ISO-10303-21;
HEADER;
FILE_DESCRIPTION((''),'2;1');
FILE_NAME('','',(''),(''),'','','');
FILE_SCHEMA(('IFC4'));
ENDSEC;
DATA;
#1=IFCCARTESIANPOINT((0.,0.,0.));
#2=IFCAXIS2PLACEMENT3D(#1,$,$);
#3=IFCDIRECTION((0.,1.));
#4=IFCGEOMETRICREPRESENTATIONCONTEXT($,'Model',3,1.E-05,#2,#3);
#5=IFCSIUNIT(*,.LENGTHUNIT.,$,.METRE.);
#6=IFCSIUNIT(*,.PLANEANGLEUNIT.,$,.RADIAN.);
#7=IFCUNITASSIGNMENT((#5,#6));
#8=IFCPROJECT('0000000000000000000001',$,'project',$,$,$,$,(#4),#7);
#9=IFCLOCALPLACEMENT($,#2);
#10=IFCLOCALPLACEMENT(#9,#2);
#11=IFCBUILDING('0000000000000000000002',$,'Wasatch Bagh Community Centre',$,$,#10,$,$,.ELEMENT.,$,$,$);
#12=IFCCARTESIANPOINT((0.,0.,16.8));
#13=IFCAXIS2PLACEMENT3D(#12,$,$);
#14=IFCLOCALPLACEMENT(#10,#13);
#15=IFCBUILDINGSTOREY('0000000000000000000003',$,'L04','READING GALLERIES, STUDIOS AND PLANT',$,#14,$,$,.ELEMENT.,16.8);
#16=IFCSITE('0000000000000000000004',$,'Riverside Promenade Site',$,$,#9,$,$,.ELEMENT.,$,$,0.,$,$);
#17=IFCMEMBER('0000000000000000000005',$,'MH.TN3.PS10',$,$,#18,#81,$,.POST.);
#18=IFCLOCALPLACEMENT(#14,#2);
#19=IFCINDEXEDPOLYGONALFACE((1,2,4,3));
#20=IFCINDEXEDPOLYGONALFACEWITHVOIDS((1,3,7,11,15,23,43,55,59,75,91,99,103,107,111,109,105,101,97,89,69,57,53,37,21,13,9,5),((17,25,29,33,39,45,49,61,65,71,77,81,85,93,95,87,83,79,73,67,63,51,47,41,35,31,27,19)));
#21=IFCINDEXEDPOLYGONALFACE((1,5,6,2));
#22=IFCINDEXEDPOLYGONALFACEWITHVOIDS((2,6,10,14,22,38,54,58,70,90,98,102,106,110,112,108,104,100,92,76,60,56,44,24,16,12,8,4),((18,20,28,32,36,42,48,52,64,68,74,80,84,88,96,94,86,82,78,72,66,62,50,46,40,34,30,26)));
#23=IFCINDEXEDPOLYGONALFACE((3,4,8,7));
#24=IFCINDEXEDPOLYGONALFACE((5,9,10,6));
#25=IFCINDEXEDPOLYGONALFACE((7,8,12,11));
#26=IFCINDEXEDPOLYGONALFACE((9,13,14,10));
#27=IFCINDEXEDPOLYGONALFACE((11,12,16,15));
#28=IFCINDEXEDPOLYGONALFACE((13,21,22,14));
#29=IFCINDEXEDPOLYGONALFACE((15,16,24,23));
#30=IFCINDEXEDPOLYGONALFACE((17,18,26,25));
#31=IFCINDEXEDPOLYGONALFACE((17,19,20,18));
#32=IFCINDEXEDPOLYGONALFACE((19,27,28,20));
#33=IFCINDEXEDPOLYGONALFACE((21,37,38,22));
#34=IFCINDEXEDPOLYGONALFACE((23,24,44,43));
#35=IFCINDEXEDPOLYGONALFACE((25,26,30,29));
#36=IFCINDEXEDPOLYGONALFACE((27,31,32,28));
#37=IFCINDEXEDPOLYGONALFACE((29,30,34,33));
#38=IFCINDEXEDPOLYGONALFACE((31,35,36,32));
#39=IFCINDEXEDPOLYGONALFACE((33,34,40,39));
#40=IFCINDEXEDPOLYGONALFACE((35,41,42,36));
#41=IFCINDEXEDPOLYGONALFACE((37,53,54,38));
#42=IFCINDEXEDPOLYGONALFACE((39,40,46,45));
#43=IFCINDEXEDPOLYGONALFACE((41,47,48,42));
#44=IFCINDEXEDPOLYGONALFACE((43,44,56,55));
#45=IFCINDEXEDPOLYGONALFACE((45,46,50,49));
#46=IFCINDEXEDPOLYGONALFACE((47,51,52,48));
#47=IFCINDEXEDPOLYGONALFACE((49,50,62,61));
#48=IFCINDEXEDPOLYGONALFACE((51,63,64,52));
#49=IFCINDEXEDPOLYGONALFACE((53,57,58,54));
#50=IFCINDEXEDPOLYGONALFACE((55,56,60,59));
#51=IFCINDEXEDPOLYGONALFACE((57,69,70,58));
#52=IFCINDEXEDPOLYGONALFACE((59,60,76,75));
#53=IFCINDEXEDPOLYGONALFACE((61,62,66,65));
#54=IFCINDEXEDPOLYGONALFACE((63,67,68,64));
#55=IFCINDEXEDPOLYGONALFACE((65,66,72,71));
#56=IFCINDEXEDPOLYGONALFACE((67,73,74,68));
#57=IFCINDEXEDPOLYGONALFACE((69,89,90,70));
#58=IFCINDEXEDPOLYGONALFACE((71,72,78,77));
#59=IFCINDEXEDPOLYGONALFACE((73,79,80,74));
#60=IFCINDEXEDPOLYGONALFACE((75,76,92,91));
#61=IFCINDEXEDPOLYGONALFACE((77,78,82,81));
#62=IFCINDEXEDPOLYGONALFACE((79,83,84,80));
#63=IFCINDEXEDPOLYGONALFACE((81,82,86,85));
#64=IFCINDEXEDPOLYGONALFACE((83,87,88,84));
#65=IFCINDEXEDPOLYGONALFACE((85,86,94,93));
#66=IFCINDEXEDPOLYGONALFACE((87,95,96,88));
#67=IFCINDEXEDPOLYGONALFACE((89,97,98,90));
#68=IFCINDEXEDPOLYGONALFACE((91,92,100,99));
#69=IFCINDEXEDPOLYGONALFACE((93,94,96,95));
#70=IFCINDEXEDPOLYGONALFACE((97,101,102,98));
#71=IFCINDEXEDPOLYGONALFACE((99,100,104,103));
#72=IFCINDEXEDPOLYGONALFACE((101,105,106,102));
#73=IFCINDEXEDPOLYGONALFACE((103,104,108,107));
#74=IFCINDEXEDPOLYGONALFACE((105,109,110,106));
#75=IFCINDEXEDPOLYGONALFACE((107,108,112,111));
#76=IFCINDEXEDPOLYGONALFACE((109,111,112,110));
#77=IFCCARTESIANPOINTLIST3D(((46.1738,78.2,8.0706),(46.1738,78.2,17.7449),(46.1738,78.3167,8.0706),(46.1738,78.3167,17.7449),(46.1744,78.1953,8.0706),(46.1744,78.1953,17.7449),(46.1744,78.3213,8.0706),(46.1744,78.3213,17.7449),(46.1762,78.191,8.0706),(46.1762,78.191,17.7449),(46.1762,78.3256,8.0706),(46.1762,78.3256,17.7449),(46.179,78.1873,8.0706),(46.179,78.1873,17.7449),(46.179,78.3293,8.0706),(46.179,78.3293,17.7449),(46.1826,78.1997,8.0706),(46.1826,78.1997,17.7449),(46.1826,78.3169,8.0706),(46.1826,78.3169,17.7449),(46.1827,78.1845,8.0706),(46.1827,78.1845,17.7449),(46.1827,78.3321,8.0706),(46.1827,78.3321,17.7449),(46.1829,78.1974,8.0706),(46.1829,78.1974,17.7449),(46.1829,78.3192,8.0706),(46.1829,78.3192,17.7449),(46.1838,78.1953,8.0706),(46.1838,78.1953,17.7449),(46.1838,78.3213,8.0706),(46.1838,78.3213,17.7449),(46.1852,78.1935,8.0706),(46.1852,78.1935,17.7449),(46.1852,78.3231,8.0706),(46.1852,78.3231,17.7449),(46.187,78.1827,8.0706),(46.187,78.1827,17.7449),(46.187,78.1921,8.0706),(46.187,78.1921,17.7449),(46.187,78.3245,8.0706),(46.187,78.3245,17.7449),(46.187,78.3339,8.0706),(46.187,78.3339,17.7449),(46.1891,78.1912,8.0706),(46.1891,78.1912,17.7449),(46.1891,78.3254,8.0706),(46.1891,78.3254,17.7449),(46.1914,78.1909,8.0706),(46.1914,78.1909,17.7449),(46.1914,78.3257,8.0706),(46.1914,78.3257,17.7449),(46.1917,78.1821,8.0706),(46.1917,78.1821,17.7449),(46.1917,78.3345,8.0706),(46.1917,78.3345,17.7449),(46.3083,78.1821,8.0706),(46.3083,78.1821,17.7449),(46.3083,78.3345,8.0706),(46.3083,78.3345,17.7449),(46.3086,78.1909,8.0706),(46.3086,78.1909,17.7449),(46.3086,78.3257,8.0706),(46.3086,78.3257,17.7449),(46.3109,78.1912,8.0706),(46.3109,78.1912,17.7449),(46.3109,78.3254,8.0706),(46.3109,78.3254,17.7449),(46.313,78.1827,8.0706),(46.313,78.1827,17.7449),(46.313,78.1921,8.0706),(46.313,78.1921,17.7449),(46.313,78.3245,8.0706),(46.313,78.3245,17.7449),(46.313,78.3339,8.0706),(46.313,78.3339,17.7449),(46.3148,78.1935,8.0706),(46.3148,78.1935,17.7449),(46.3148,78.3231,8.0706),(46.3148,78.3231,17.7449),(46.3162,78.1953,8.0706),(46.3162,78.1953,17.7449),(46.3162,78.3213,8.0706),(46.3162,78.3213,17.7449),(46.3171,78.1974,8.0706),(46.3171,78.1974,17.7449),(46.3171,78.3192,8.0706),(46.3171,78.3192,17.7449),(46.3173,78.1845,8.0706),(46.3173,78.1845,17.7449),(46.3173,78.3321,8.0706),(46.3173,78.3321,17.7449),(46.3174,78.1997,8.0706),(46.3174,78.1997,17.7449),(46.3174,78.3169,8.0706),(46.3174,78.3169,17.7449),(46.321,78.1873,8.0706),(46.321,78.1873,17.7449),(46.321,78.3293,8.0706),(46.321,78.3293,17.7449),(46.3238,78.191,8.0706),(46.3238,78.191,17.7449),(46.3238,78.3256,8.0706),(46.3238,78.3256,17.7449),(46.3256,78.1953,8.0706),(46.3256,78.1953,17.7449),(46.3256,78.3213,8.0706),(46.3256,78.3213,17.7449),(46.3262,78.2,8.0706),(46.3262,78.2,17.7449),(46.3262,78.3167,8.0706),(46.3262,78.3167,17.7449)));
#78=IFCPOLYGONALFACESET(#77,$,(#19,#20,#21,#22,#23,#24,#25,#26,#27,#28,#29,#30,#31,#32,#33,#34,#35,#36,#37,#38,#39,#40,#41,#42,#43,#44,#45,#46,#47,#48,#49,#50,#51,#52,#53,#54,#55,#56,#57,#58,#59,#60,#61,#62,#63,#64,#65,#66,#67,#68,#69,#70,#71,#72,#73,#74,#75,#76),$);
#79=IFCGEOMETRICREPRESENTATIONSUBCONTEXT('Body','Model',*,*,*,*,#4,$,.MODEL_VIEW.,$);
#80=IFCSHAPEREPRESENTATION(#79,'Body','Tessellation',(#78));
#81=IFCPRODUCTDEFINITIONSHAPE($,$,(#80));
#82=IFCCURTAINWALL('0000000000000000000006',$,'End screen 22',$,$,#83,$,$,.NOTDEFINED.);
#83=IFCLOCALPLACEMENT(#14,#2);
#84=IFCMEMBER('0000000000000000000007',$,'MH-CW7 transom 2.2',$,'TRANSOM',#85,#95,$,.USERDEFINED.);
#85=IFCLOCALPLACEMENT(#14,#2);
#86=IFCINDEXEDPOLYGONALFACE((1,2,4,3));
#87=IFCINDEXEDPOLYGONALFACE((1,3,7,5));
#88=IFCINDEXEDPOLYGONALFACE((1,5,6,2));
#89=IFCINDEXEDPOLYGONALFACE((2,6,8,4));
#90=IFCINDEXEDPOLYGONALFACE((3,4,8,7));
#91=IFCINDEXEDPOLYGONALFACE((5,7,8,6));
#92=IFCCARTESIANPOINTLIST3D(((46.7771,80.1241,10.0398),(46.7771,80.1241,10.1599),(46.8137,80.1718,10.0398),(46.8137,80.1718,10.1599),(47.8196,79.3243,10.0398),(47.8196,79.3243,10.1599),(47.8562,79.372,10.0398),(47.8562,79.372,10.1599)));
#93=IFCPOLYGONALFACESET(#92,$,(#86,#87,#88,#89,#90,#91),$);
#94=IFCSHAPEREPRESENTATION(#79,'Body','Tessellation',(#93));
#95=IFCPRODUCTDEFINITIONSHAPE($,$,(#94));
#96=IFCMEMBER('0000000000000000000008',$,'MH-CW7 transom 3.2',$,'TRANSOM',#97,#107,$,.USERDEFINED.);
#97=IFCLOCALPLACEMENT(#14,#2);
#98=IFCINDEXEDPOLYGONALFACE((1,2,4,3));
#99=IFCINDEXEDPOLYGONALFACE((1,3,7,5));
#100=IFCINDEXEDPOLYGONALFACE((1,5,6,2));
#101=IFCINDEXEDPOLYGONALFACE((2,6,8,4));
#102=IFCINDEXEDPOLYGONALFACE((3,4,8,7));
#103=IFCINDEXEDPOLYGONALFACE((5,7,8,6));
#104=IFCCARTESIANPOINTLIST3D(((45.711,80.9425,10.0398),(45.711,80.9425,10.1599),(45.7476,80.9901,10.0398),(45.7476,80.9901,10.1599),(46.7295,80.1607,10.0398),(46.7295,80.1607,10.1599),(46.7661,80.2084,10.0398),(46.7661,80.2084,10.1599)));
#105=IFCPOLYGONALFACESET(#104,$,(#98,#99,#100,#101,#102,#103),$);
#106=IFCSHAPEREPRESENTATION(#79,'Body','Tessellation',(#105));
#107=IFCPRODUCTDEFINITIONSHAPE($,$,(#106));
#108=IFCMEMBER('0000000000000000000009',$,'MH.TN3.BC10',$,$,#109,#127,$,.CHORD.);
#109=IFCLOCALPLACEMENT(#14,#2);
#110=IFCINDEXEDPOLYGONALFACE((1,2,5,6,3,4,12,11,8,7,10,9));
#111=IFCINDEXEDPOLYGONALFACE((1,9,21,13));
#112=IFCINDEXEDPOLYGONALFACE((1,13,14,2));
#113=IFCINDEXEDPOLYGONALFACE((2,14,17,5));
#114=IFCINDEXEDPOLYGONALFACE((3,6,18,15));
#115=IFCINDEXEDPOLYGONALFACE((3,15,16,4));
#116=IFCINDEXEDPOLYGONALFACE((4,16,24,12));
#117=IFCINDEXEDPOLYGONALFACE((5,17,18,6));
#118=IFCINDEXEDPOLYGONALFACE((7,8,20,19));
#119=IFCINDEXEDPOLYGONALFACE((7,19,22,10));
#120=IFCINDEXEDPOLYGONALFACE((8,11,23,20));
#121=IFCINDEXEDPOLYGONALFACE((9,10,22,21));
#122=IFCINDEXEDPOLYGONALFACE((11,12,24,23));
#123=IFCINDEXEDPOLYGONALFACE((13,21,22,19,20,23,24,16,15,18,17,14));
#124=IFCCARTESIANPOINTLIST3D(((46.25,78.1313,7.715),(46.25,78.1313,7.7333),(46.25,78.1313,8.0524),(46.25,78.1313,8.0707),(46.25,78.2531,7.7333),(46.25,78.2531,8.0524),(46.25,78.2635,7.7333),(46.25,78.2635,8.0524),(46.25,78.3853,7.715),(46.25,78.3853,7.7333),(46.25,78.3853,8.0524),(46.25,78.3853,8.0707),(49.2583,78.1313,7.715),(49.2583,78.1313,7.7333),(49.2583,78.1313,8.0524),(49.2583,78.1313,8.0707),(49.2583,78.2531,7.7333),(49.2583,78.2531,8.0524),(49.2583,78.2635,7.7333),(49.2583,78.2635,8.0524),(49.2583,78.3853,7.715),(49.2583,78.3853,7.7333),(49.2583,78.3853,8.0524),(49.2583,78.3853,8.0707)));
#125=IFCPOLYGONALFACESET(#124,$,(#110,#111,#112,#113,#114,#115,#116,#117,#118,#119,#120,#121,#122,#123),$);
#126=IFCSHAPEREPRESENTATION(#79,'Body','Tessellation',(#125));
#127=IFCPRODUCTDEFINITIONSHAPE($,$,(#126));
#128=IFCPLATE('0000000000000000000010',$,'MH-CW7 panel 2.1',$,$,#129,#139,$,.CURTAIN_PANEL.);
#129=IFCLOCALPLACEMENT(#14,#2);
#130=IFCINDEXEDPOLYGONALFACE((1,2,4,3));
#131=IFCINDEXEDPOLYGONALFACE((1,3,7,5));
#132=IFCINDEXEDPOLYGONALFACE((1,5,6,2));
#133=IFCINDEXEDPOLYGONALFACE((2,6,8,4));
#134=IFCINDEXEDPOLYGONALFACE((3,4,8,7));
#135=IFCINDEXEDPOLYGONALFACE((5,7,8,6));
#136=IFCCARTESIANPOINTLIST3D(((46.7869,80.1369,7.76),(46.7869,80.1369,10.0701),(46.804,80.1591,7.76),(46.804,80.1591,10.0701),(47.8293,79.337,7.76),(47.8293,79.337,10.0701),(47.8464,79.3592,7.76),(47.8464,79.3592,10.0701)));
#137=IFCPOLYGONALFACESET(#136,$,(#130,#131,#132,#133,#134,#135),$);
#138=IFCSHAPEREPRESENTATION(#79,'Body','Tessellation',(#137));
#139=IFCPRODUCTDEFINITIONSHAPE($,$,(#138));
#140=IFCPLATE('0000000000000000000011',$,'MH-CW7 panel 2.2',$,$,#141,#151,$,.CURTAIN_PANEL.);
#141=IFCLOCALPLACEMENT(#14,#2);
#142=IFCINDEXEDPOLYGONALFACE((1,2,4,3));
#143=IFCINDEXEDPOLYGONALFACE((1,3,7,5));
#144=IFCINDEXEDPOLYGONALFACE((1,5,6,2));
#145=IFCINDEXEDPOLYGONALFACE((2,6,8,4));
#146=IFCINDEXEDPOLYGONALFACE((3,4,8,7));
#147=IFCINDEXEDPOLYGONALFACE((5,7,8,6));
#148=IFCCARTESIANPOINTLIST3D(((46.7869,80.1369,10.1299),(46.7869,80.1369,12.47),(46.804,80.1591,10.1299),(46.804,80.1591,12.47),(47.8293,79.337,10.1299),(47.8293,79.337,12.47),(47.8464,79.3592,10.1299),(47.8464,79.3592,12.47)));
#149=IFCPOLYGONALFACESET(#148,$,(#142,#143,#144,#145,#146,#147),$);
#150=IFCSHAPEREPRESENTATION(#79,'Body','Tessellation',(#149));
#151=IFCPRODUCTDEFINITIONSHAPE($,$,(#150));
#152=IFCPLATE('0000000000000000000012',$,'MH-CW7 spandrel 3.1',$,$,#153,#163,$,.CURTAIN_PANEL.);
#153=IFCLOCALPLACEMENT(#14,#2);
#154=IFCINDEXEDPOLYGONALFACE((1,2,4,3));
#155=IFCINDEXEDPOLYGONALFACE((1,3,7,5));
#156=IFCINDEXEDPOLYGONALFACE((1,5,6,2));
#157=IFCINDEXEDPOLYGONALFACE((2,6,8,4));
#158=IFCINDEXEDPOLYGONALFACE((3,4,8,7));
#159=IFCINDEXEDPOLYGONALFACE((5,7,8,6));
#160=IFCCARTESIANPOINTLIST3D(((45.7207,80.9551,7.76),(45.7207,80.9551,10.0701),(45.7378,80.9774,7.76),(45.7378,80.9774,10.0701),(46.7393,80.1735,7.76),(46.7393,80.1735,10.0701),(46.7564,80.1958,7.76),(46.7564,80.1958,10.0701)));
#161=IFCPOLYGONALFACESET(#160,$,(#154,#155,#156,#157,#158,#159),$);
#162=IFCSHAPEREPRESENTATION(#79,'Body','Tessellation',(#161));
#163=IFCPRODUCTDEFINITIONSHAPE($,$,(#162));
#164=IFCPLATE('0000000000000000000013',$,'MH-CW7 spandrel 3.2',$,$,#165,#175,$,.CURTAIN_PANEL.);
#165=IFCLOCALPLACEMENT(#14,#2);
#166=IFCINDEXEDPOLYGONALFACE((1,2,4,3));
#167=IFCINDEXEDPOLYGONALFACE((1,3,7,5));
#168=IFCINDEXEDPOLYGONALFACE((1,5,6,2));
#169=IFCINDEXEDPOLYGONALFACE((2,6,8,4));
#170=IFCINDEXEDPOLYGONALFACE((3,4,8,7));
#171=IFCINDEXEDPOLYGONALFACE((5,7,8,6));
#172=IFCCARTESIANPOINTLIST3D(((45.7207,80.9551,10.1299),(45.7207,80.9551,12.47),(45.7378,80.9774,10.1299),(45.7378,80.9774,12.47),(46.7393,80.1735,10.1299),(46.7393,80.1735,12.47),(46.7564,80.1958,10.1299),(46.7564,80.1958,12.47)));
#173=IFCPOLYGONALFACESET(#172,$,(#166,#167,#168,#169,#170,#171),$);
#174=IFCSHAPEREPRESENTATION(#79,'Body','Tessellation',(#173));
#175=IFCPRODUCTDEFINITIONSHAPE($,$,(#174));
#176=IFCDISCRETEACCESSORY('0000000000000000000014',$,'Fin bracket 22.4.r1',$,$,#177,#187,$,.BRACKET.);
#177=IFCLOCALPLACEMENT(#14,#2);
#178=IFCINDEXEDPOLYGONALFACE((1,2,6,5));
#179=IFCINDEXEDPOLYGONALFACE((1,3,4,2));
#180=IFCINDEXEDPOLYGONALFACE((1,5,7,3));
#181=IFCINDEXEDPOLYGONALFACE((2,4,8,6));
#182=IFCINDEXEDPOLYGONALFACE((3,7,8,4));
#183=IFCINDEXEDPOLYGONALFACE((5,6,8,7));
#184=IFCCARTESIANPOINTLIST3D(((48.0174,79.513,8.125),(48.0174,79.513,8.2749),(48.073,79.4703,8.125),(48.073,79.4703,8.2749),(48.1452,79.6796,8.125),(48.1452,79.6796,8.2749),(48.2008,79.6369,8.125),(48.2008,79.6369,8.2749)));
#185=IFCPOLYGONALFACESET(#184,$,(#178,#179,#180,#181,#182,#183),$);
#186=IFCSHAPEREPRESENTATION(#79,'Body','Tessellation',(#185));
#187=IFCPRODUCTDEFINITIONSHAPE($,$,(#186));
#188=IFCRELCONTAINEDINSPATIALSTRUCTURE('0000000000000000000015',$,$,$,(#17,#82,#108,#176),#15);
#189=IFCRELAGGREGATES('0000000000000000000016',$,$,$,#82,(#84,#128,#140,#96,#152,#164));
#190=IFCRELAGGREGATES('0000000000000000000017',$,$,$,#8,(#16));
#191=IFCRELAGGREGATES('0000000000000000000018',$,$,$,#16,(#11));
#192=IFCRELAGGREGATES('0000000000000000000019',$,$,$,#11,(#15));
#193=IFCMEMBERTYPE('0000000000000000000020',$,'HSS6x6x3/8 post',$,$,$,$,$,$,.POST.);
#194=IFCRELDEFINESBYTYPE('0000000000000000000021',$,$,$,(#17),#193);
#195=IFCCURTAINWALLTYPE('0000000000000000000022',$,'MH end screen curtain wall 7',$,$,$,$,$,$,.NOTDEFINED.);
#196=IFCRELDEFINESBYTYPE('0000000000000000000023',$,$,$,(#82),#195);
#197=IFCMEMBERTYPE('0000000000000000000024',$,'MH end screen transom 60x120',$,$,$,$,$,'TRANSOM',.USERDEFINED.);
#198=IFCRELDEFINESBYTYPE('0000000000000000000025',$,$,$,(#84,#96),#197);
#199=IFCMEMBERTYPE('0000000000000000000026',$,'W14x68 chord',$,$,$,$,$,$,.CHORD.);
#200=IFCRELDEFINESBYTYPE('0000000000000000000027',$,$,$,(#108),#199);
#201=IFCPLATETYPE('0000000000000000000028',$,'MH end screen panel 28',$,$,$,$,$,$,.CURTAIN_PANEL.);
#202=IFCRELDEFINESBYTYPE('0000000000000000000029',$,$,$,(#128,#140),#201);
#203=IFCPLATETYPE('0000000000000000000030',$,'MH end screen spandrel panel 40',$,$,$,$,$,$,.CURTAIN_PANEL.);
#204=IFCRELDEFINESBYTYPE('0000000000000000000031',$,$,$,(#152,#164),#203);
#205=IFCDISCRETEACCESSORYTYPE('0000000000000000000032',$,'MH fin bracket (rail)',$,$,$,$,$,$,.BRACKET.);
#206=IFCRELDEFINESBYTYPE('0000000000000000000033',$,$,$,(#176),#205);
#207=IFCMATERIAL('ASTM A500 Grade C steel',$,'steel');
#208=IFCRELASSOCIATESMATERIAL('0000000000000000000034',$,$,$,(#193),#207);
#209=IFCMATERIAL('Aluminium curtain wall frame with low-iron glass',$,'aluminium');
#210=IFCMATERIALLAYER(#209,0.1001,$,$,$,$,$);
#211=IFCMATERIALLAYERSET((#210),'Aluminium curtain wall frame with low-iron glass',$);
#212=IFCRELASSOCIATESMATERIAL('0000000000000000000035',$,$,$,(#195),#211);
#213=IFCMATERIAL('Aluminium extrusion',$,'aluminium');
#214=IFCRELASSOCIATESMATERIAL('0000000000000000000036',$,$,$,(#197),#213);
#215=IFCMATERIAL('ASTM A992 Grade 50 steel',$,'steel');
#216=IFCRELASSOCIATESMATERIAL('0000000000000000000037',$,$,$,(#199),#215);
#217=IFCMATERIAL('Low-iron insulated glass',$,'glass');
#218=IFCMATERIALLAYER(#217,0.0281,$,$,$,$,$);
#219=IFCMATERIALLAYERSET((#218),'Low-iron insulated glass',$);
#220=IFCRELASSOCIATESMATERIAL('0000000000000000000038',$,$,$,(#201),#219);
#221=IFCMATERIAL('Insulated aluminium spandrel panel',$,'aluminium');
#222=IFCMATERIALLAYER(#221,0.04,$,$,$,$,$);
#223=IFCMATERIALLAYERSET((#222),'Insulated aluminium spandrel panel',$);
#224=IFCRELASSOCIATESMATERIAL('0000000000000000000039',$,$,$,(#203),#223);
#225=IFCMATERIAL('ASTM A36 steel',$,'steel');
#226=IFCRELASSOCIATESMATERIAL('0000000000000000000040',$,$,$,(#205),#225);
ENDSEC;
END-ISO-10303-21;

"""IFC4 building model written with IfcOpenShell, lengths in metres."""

from ifc_helpers import new_model, si_unit, direction, frame, origin, origin_2d, place, context, subcontext, project, spatial, rectangle, hollow_rectangle, i_section, extrude, material, layer, layer_set, material_profile, profile_set, type_object, element, aggregate, save


model = new_model("IFC4")

# Units and contexts
model_context = context("Model", 3, precision=1e-05, world=origin(), true_north=direction((0.0, 1.0)))
body_context = subcontext(model_context, "Body", "Model", "MODEL_VIEW")
ifc_project = project(units=[si_unit("LENGTHUNIT", "METRE"), si_unit("PLANEANGLEUNIT", "RADIAN")], contexts=[model_context])

# Site, building, storey
site_placement = place(None, origin())
site = spatial("IfcSite", under=ifc_project, at=site_placement, Name="Riverside Promenade Site", CompositionType="ELEMENT", RefElevation=0.0)
building_placement = place(site_placement, origin())
building = spatial("IfcBuilding", under=site, at=building_placement, Name="Wasatch Bagh Community Centre", CompositionType="ELEMENT")
storey_placement = place(building_placement, frame((0.0, 0.0, 16.8)))
storey = spatial("IfcBuildingStorey", under=building, at=storey_placement, Name="L04", Description="READING GALLERIES, STUDIOS AND PLANT", CompositionType="ELEMENT", Elevation=16.8)

# Member
ifc_material_1 = material(Name="ASTM A500 Grade C steel", Category="steel")
ifc_material_profile_1 = material_profile(ifc_material_1, hollow_rectangle(XDim=0.1523, YDim=0.1523, WallThickness=0.0088, InnerFilletRadius=0.0088, OuterFilletRadius=0.0178, at=origin_2d()), Name="HSS6x6x3/8")
ifc_profile_set_1 = profile_set([ifc_material_profile_1], Name="ASTM A500 Grade C steel")
member_type_1 = type_object("IfcMemberType", Name="HSS6x6x3/8 post", PredefinedType="POST", material=ifc_profile_set_1)
member_1_placement = place(storey_placement, frame((46.25, 78.2583, 8.0706), z_axis=(0.0, 0.0, 1.0), x_axis=(1.0, 0.0, 0.0)))
element("IfcMember", 1, at=member_1_placement, inside=storey, type_object=member_type_1, Name="MH.TN3.PS10", PredefinedType="POST", context=body_context, shape_type="SweptSolid", body=[
    extrude(hollow_rectangle(XDim=0.1523, YDim=0.1523, WallThickness=0.0088, InnerFilletRadius=0.0088, OuterFilletRadius=0.0178, at=origin_2d()), origin(), (0.0, 0.0, 1.0), 9.6743),
])

# Curtain wall, members
ifc_material_2 = material(Name="Aluminium curtain wall frame with low-iron glass", Category="aluminium")
ifc_layer_1 = layer(ifc_material_2, 0.1001)
ifc_layer_set_1 = layer_set([ifc_layer_1], Name="Aluminium curtain wall frame with low-iron glass")
curtain_wall_type = type_object("IfcCurtainWallType", Name="MH end screen curtain wall 7", PredefinedType="NOTDEFINED", material=ifc_layer_set_1)
curtain_wall_placement = place(storey_placement, origin())
curtain_wall = element("IfcCurtainWall", 2, at=curtain_wall_placement, inside=storey, type_object=curtain_wall_type, Name="End screen 22", PredefinedType="NOTDEFINED")
ifc_material_3 = material(Name="Aluminium extrusion", Category="aluminium")
ifc_material_profile_2 = material_profile(ifc_material_3, rectangle(XDim=0.0601, YDim=0.1201, at=origin_2d()), Name="AL 60x120")
ifc_profile_set_2 = profile_set([ifc_material_profile_2], Name="Aluminium extrusion")
member_type_2 = type_object("IfcMemberType", Name="MH end screen transom 60x120", ElementType="TRANSOM", PredefinedType="USERDEFINED", material=ifc_profile_set_2)
member_2_placement = place(storey_placement, frame((47.8379, 79.3481, 10.0999), z_axis=(-0.793397, 0.608705, 0.0), x_axis=(-0.608705, -0.793397, 0.0)))
member_2 = element("IfcMember", 3, at=member_2_placement, type_object=member_type_2, Name="MH-CW7 transom 2.2", ObjectType="TRANSOM", PredefinedType="USERDEFINED", context=body_context, shape_type="SweptSolid", body=[
    extrude(rectangle(XDim=0.0601, YDim=0.1201, at=origin_2d()), origin(), (0.0, 0.0, 1.0), 1.314),
])
member_3_placement = place(storey_placement, frame((46.7478, 80.1846, 10.0999), z_axis=(-0.793288, 0.608847, 0.0), x_axis=(-0.608847, -0.793288, 0.0)))
member_3 = element("IfcMember", 4, at=member_3_placement, type_object=member_type_2, Name="MH-CW7 transom 3.2", ObjectType="TRANSOM", PredefinedType="USERDEFINED", context=body_context, shape_type="SweptSolid", body=[
    extrude(rectangle(XDim=0.0601, YDim=0.1201, at=origin_2d()), origin(), (0.0, 0.0, 1.0), 1.2839),
])

# Member
ifc_material_4 = material(Name="ASTM A992 Grade 50 steel", Category="steel")
ifc_material_profile_3 = material_profile(ifc_material_4, i_section(OverallWidth=0.2539, OverallDepth=0.3557, WebThickness=0.0105, FlangeThickness=0.0183, at=origin_2d()), Name="W14x68")
ifc_profile_set_3 = profile_set([ifc_material_profile_3], Name="ASTM A992 Grade 50 steel")
member_type_3 = type_object("IfcMemberType", Name="W14x68 chord", PredefinedType="CHORD", material=ifc_profile_set_3)
member_4_placement = place(storey_placement, frame((46.25, 78.2583, 7.8928), z_axis=(1.0, 0.0, 0.0), x_axis=(0.0, 1.0, 0.0)))
element("IfcMember", 5, at=member_4_placement, inside=storey, type_object=member_type_3, Name="MH.TN3.BC10", PredefinedType="CHORD", context=body_context, shape_type="SweptSolid", body=[
    extrude(i_section(OverallWidth=0.2539, OverallDepth=0.3557, WebThickness=0.0105, FlangeThickness=0.0183, at=origin_2d()), origin(), (0.0, 0.0, 1.0), 3.0083),
])

# Plates
ifc_material_5 = material(Name="Low-iron insulated glass", Category="glass")
ifc_layer_2 = layer(ifc_material_5, 0.0281)
ifc_layer_set_2 = layer_set([ifc_layer_2], Name="Low-iron insulated glass")
plate_type_1 = type_object("IfcPlateType", Name="MH end screen panel 28", PredefinedType="CURTAIN_PANEL", material=ifc_layer_set_2)
plate_1_placement = place(storey_placement, frame((47.3167, 79.748, 7.76), z_axis=(0.0, 0.0, 1.0), x_axis=(-0.793353, 0.608761, 0.0)))
plate_1 = element("IfcPlate", 6, at=plate_1_placement, type_object=plate_type_1, Name="MH-CW7 panel 2.1", PredefinedType="CURTAIN_PANEL", context=body_context, shape_type="SweptSolid", body=[
    extrude(rectangle(XDim=1.314, YDim=0.0281, at=origin_2d()), origin(), (0.0, 0.0, 1.0), 2.3101),
])
plate_2_placement = place(storey_placement, frame((47.3167, 79.748, 10.1299), z_axis=(0.0, 0.0, 1.0), x_axis=(-0.793353, 0.608761, 0.0)))
plate_2 = element("IfcPlate", 7, at=plate_2_placement, type_object=plate_type_1, Name="MH-CW7 panel 2.2", PredefinedType="CURTAIN_PANEL", context=body_context, shape_type="SweptSolid", body=[
    extrude(rectangle(XDim=1.314, YDim=0.0281, at=origin_2d()), origin(), (0.0, 0.0, 1.0), 2.3401),
])
ifc_material_6 = material(Name="Insulated aluminium spandrel panel", Category="aluminium")
ifc_layer_3 = layer(ifc_material_6, 0.04)
ifc_layer_set_3 = layer_set([ifc_layer_3], Name="Insulated aluminium spandrel panel")
plate_type_2 = type_object("IfcPlateType", Name="MH end screen spandrel panel 40", PredefinedType="CURTAIN_PANEL", material=ifc_layer_set_3)
plate_3_placement = place(storey_placement, frame((46.2385, 80.5754, 7.76), z_axis=(0.0, 0.0, 1.0), x_axis=(-0.793353, 0.608761, 0.0)))
plate_3 = element("IfcPlate", 8, at=plate_3_placement, type_object=plate_type_2, Name="MH-CW7 spandrel 3.1", PredefinedType="CURTAIN_PANEL", context=body_context, shape_type="SweptSolid", body=[
    extrude(rectangle(XDim=1.2839, YDim=0.0281, at=origin_2d()), origin(), (0.0, 0.0, 1.0), 2.3101),
])
plate_4_placement = place(storey_placement, frame((46.2385, 80.5754, 10.1299), z_axis=(0.0, 0.0, 1.0), x_axis=(-0.793353, 0.608761, 0.0)))
plate_4 = element("IfcPlate", 9, at=plate_4_placement, type_object=plate_type_2, Name="MH-CW7 spandrel 3.2", PredefinedType="CURTAIN_PANEL", context=body_context, shape_type="SweptSolid", body=[
    extrude(rectangle(XDim=1.2839, YDim=0.0281, at=origin_2d()), origin(), (0.0, 0.0, 1.0), 2.3401),
])
aggregate(curtain_wall, [member_2, plate_1, plate_2, member_3, plate_3, plate_4])

# Discrete accessory
ifc_material_7 = material(Name="ASTM A36 steel", Category="steel")
discrete_accessory_type_1 = type_object("IfcDiscreteAccessoryType", Name="MH fin bracket (rail)", PredefinedType="BRACKET", material=ifc_material_7)
for number, where, z_axis, x_axis, name in (
    (10, (48.1091, 79.575, 8.125), (0.0, 0.0, 1.0), (-0.793353, 0.608761, 0.0), "Fin bracket 22.4.r1"),
):
    element("IfcDiscreteAccessory", number, at=place(storey_placement, frame(where, z_axis=z_axis, x_axis=x_axis)), inside=storey, type_object=discrete_accessory_type_1, Name=name, PredefinedType="BRACKET", context=body_context, shape_type="SweptSolid", body=[
        extrude(rectangle(XDim=0.0701, YDim=0.21, at=origin_2d()), origin(), (0.0, 0.0, 1.0), 0.1499),
    ])

save(model, "model.ifc")
